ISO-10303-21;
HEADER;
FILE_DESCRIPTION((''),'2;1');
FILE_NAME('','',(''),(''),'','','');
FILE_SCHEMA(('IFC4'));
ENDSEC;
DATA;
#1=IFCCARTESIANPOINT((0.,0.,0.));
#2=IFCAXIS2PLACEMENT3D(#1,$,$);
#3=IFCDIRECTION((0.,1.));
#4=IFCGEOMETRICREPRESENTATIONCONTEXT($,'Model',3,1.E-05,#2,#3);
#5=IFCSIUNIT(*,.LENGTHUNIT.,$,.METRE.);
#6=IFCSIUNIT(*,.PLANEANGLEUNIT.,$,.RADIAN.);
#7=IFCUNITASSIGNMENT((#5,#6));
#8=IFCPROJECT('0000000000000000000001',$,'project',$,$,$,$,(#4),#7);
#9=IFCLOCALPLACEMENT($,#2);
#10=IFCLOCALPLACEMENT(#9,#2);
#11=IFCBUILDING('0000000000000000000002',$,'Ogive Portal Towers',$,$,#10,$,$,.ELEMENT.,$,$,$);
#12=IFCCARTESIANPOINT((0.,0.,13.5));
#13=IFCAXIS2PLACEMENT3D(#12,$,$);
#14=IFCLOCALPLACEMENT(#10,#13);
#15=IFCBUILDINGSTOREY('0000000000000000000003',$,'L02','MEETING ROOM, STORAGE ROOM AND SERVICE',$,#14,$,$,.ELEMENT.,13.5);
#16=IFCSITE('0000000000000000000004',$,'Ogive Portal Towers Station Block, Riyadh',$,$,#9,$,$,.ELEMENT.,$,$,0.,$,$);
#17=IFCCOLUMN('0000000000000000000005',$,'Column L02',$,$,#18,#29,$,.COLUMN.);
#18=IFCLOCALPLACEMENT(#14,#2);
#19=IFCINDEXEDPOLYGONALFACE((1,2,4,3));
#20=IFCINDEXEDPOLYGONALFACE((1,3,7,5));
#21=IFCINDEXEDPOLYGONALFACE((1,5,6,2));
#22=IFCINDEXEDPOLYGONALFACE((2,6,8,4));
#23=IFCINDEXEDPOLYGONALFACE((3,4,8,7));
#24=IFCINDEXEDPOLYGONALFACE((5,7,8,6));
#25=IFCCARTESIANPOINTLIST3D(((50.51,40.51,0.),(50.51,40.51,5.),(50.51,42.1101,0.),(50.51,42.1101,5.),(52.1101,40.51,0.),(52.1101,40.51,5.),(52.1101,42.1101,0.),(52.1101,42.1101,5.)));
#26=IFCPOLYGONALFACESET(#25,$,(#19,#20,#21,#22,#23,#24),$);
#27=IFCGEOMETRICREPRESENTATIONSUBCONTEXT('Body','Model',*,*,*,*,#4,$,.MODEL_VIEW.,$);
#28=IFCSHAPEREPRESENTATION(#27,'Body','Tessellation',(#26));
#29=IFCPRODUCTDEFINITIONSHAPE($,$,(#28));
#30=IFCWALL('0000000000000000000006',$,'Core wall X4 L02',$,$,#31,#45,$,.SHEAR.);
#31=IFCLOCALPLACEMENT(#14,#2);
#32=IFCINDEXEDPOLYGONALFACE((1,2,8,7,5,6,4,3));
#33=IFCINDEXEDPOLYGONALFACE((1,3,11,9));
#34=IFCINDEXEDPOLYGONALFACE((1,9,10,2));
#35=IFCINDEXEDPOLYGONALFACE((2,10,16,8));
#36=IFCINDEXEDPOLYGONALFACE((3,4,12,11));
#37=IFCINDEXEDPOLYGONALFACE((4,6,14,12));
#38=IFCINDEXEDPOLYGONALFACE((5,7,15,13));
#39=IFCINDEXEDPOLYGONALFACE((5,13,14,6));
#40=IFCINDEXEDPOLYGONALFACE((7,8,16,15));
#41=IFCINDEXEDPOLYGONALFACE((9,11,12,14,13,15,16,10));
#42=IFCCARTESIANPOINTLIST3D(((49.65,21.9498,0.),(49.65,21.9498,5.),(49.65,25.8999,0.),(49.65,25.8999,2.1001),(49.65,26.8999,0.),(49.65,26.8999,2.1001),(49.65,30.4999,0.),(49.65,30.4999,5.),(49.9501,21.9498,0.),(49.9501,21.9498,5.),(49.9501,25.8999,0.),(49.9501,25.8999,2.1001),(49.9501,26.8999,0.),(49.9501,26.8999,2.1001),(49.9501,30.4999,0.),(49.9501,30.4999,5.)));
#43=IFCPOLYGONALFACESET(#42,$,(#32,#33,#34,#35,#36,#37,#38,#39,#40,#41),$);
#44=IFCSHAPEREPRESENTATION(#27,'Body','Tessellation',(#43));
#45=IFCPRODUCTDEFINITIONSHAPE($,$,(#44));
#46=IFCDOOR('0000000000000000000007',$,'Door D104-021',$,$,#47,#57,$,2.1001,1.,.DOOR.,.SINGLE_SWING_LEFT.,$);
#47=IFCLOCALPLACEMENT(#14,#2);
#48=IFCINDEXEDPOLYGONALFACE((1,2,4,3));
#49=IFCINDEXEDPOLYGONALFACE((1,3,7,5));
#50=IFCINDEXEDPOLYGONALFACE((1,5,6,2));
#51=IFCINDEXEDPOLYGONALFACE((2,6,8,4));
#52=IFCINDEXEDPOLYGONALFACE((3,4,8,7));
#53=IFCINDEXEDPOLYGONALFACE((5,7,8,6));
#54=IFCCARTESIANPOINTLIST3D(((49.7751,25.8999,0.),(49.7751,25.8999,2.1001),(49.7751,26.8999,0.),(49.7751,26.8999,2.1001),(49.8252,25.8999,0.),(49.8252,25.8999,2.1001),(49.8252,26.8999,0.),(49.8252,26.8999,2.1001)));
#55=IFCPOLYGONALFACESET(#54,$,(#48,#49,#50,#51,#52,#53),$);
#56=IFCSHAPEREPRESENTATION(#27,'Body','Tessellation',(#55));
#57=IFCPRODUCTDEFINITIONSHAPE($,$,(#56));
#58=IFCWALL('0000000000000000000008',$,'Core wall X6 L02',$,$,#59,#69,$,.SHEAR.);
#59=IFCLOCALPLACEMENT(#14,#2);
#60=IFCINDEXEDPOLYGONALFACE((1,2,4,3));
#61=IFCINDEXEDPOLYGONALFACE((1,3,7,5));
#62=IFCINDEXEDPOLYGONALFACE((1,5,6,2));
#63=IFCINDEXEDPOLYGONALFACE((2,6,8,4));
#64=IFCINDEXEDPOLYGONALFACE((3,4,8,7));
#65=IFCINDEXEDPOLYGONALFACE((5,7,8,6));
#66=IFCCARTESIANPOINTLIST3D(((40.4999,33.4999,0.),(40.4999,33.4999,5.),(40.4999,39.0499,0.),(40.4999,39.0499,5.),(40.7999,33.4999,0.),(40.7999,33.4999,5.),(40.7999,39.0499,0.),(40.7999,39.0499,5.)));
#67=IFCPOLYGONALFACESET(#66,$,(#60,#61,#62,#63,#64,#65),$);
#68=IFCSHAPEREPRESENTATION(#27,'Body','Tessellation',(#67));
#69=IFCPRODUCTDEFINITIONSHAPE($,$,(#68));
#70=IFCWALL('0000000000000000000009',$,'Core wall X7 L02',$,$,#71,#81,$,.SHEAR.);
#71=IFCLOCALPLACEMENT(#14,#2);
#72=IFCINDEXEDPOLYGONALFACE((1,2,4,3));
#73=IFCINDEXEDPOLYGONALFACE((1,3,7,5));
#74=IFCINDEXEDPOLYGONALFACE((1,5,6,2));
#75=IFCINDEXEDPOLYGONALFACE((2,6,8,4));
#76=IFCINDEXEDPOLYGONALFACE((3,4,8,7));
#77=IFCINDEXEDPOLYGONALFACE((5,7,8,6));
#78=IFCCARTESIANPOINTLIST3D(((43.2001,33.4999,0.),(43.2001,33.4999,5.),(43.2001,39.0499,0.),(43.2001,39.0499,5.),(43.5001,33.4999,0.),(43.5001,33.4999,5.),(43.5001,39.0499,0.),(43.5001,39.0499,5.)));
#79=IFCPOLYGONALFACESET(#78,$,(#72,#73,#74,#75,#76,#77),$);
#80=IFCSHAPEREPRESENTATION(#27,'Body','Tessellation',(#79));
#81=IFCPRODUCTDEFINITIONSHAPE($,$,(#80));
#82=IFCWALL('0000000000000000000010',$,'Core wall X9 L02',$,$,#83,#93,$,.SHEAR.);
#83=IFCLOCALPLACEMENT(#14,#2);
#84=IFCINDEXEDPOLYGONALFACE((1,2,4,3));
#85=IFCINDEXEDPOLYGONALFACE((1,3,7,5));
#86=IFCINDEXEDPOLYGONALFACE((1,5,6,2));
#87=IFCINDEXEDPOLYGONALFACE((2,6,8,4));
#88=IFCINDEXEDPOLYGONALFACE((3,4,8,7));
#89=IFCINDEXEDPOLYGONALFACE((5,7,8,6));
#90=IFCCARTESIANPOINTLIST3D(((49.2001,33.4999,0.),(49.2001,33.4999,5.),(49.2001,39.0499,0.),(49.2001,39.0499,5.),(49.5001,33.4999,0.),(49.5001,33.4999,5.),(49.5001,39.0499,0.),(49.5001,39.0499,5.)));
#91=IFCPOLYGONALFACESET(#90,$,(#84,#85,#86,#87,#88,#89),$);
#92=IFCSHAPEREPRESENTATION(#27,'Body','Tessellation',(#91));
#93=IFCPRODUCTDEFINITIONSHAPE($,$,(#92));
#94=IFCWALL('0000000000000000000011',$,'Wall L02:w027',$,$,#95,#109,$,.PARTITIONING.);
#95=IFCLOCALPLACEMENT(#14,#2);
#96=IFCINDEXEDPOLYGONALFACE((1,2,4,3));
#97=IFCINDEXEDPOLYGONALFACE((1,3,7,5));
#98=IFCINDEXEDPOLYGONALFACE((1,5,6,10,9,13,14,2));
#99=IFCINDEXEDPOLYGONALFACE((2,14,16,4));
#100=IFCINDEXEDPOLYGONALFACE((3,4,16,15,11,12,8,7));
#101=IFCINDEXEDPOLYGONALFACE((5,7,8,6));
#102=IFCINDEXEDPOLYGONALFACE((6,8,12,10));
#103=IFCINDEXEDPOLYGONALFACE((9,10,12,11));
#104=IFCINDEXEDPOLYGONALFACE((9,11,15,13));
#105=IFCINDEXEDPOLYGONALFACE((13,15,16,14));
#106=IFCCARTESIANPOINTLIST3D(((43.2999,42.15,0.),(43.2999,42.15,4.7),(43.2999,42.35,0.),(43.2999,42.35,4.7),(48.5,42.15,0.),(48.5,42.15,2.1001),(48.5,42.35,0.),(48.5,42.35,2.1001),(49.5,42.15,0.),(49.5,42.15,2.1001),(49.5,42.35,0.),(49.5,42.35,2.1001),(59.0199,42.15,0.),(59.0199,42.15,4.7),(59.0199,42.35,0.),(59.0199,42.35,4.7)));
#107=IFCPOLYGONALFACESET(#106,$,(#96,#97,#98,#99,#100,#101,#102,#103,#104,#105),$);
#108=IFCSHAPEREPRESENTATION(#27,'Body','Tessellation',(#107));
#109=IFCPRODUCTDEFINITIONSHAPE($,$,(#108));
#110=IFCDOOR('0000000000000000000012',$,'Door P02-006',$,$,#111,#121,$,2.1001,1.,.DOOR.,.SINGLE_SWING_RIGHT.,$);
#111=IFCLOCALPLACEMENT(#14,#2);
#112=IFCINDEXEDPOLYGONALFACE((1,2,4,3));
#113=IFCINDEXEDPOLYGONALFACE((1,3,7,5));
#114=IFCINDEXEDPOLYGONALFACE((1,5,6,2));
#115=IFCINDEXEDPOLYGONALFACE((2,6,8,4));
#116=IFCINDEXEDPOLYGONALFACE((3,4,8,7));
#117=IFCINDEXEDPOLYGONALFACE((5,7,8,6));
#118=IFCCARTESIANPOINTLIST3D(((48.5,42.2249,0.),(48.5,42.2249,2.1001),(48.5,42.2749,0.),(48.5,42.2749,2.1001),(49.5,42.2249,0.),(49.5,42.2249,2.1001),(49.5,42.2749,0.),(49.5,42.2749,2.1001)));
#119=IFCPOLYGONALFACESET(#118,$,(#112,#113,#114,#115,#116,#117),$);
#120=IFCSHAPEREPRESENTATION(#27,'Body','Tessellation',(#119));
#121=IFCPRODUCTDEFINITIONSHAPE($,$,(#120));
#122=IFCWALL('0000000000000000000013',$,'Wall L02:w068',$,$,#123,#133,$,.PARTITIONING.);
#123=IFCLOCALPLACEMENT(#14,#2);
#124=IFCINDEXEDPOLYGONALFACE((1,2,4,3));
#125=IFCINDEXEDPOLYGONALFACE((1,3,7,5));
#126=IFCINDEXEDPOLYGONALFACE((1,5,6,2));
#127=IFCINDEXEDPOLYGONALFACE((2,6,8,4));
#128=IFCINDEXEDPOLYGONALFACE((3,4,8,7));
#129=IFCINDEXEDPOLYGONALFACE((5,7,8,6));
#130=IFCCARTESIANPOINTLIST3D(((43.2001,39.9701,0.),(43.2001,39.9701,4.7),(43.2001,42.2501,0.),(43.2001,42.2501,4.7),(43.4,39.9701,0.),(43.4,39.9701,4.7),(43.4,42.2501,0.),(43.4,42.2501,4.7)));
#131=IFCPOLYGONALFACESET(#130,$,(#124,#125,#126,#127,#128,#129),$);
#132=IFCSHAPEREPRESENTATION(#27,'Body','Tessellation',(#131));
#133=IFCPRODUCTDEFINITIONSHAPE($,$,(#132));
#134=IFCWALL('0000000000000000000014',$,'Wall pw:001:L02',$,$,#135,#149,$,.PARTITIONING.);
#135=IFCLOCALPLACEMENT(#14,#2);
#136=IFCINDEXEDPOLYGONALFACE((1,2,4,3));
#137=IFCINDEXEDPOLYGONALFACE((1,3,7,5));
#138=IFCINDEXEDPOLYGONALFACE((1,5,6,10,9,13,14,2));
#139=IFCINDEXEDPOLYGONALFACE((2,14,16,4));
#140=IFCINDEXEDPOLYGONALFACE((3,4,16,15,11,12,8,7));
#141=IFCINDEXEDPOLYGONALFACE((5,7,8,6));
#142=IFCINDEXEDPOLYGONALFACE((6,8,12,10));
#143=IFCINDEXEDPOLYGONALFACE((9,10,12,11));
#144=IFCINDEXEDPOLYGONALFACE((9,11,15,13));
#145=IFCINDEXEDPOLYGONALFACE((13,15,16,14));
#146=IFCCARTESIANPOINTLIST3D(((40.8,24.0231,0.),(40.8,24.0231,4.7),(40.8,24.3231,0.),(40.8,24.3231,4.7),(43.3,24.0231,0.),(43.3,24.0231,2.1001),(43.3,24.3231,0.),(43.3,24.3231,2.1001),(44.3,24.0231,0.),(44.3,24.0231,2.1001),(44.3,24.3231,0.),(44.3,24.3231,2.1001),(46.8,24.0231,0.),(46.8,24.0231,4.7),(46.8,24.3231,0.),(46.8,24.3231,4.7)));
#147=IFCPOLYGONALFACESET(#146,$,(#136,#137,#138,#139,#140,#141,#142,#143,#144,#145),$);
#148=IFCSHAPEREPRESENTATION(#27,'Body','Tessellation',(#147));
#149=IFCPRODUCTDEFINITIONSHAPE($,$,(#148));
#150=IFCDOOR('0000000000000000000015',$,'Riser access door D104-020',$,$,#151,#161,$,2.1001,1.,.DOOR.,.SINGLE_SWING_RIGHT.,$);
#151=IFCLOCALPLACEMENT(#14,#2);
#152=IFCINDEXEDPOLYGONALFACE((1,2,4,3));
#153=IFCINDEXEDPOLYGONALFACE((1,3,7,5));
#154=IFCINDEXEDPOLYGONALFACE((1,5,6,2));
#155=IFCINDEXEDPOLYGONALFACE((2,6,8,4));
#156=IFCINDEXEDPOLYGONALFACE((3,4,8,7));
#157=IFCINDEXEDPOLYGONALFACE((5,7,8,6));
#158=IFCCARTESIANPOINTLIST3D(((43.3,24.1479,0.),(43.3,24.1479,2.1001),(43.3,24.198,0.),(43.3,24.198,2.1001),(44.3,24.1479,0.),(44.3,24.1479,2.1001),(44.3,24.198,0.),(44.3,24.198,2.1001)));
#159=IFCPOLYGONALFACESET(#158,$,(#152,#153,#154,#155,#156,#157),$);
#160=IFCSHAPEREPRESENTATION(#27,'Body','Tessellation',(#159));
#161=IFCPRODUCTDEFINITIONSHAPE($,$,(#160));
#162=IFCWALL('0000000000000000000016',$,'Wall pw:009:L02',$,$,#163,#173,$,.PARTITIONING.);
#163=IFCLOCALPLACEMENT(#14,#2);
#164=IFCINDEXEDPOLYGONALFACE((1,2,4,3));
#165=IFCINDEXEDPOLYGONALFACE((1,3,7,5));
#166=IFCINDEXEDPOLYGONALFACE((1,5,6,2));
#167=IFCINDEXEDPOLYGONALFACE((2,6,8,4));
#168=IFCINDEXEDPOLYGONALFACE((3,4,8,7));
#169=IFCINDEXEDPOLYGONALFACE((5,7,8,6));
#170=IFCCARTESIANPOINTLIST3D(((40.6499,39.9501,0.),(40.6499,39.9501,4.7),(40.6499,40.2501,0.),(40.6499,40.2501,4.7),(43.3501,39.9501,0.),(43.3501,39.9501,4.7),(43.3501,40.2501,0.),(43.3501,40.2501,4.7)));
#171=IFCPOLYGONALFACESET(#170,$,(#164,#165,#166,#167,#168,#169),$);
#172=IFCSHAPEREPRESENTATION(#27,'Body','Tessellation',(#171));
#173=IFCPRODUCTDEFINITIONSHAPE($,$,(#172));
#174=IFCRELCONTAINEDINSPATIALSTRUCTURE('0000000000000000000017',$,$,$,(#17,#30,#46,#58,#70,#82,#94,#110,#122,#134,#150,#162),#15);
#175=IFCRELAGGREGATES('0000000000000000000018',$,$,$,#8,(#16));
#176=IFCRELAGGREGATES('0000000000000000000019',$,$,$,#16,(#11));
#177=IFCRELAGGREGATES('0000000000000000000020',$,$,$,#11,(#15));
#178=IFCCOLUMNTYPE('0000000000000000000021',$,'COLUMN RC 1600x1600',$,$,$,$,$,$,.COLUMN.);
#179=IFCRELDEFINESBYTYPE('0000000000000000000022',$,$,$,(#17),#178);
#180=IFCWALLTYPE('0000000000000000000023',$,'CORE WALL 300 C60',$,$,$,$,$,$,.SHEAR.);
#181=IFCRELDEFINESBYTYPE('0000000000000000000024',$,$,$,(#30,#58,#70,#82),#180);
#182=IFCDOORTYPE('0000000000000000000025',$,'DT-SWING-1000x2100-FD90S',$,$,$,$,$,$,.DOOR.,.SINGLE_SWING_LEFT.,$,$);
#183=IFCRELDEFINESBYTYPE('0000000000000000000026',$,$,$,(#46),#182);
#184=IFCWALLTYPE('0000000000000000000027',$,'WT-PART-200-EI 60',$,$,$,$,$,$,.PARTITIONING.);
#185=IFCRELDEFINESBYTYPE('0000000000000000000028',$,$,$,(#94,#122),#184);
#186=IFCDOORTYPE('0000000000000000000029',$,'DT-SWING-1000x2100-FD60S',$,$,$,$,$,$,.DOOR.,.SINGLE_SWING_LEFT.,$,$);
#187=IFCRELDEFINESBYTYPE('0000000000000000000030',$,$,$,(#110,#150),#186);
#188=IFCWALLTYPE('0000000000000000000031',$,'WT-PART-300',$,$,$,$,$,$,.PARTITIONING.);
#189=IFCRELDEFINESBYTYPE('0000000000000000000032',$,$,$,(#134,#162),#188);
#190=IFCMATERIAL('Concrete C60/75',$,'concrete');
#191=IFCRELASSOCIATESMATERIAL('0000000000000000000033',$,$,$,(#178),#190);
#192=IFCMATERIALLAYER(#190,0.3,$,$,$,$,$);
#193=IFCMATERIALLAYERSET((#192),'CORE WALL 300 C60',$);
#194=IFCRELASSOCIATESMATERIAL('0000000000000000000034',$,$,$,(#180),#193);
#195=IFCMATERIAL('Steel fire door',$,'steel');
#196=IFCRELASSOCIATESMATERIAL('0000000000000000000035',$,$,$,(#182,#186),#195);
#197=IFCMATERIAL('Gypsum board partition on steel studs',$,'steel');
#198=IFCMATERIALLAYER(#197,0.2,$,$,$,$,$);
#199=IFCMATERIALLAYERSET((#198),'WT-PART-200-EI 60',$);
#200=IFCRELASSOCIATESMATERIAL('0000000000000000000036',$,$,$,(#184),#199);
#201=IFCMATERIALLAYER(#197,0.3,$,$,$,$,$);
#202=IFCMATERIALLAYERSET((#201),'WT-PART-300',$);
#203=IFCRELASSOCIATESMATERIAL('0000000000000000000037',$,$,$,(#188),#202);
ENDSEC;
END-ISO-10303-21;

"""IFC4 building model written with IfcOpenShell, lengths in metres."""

from ifc_helpers import new_model, si_unit, direction, frame, frame_2d, origin, origin_2d, place, context, subcontext, project, spatial, rectangle, extrude, material, layer, layer_set, material_profile, profile_set, type_object, element, fill, save


model = new_model("IFC4")

# Units and contexts
model_context = context("Model", 3, precision=1e-05, world=origin(), true_north=direction((0.0, 1.0)))
body_context = subcontext(model_context, "Body", "Model", "MODEL_VIEW")
ifc_project = project(units=[si_unit("LENGTHUNIT", "METRE"), si_unit("PLANEANGLEUNIT", "RADIAN")], contexts=[model_context])

# Site, building, storey
site_placement = place(None, origin())
site = spatial("IfcSite", under=ifc_project, at=site_placement, Name="Ogive Portal Towers Station Block, Riyadh", CompositionType="ELEMENT", RefElevation=0.0)
building_placement = place(site_placement, origin())
building = spatial("IfcBuilding", under=site, at=building_placement, Name="Ogive Portal Towers", CompositionType="ELEMENT")
storey_placement = place(building_placement, frame((0.0, 0.0, 13.5)))
storey = spatial("IfcBuildingStorey", under=building, at=storey_placement, Name="L02", Description="MEETING ROOM, STORAGE ROOM AND SERVICE", CompositionType="ELEMENT", Elevation=13.5)

# Column
ifc_material_1 = material(Name="Concrete C60/75", Category="concrete")
ifc_material_profile = material_profile(ifc_material_1, rectangle(XDim=1.6001, YDim=1.6001, at=origin_2d()), Name="RC 1600x1600")
ifc_profile_set = profile_set([ifc_material_profile], Name="Concrete C60/75")
column_type = type_object("IfcColumnType", Name="COLUMN RC 1600x1600", PredefinedType="COLUMN", material=ifc_profile_set)
column_placement = place(storey_placement, frame((51.3101, 41.3101, 0.0), z_axis=(0.0, 0.0, 1.0), x_axis=(1.0, 0.0, 0.0)))
element("IfcColumn", 1, at=column_placement, inside=storey, type_object=column_type, Name="Column L02", PredefinedType="COLUMN", context=body_context, shape_type="SweptSolid", body=[
    extrude(rectangle(XDim=1.6001, YDim=1.6001, at=origin_2d()), origin(), (0.0, 0.0, 1.0), 5.0),
])

# Wall, opening, door
ifc_layer_1 = layer(ifc_material_1, 0.3)
ifc_layer_set_1 = layer_set([ifc_layer_1], Name="CORE WALL 300 C60")
wall_type_1 = type_object("IfcWallType", Name="CORE WALL 300 C60", PredefinedType="SHEAR", material=ifc_layer_set_1)
wall_1_placement = place(storey_placement, frame((49.8, 21.95, 0.0), z_axis=(0.0, 0.0, 1.0), x_axis=(0.0, 1.0, 0.0)))
wall_1 = element("IfcWall", 2, at=wall_1_placement, inside=storey, type_object=wall_type_1, Name="Core wall X4 L02", PredefinedType="SHEAR", context=body_context, shape_type="SweptSolid", body=[
    extrude(rectangle(XDim=8.55, YDim=0.3, at=frame_2d((4.2749, 0.0))), origin(), (0.0, 0.0, 1.0), 5.0),
])
opening_1_placement = place(wall_1_placement, frame((3.95, 0.0, 0.0)))
opening_1 = element("IfcOpeningElement", 3, at=opening_1_placement, cuts=wall_1, PredefinedType="OPENING", context=body_context, shape_type="SweptSolid", body=[
    extrude(rectangle(XDim=1.0, YDim=2.1001, at=frame_2d((0.5, 1.05))), frame((0.0, 0.1602, 0.0), z_axis=(0.0, -1.0, 0.0), x_axis=(1.0, 0.0, 0.0)), (0.0, 0.0, 1.0), 0.3201),
])
ifc_material_2 = material(Name="Steel fire door", Category="steel")
door_type_1 = type_object("IfcDoorType", Name="DT-SWING-1000x2100-FD90S", OperationType="SINGLE_SWING_LEFT", PredefinedType="DOOR", material=ifc_material_2)
door_1_placement = place(opening_1_placement, origin())
door_1 = element("IfcDoor", 4, at=door_1_placement, inside=storey, type_object=door_type_1, Name="Door D104-021", OperationType="SINGLE_SWING_LEFT", OverallHeight=2.1001, OverallWidth=1.0, PredefinedType="DOOR", context=body_context, shape_type="SweptSolid", body=[
    extrude(rectangle(XDim=1.0, YDim=2.1001, at=frame_2d((0.5, 1.05))), frame((0.0, 0.0249, 0.0), z_axis=(0.0, -1.0, 0.0), x_axis=(1.0, 0.0, 0.0)), (0.0, 0.0, 1.0), 0.05),
])
fill(opening_1, door_1)

# Walls
for number, where, z_axis, x_axis, name in (
    (5, (40.6499, 33.5, 0.0), (0.0, 0.0, 1.0), (0.0, 1.0, 0.0), "Core wall X6 L02"),
    (6, (43.3501, 33.5, 0.0), (0.0, 0.0, 1.0), (0.0, 1.0, 0.0), "Core wall X7 L02"),
    (7, (49.3501, 33.5, 0.0), (0.0, 0.0, 1.0), (0.0, 1.0, 0.0), "Core wall X9 L02"),
):
    element("IfcWall", number, at=place(storey_placement, frame(where, z_axis=z_axis, x_axis=x_axis)), inside=storey, type_object=wall_type_1, Name=name, PredefinedType="SHEAR", context=body_context, shape_type="SweptSolid", body=[
        extrude(rectangle(XDim=5.55, YDim=0.3, at=frame_2d((2.7749, 0.0))), origin(), (0.0, 0.0, 1.0), 5.0),
    ])

# Wall, opening, door
ifc_material_3 = material(Name="Gypsum board partition on steel studs", Category="steel")
ifc_layer_2 = layer(ifc_material_3, 0.2)
ifc_layer_set_2 = layer_set([ifc_layer_2], Name="WT-PART-200-EI 60")
wall_type_2 = type_object("IfcWallType", Name="WT-PART-200-EI 60", PredefinedType="PARTITIONING", material=ifc_layer_set_2)
wall_2_placement = place(storey_placement, frame((43.3, 42.25, 0.0), z_axis=(0.0, 0.0, 1.0), x_axis=(1.0, 0.0, 0.0)))
wall_2 = element("IfcWall", 8, at=wall_2_placement, inside=storey, type_object=wall_type_2, Name="Wall L02:w027", PredefinedType="PARTITIONING", context=body_context, shape_type="SweptSolid", body=[
    extrude(rectangle(XDim=15.72, YDim=0.2, at=frame_2d((7.8599, 0.0))), origin(), (0.0, 0.0, 1.0), 4.7),
])
opening_2_placement = place(wall_2_placement, frame((5.2, 0.0, 0.0)))
opening_2 = element("IfcOpeningElement", 9, at=opening_2_placement, cuts=wall_2, PredefinedType="OPENING", context=body_context, shape_type="SweptSolid", body=[
    extrude(rectangle(XDim=1.0, YDim=2.1001, at=frame_2d((0.5, 1.05))), frame((0.0, 0.1099, 0.0), z_axis=(0.0, -1.0, 0.0), x_axis=(1.0, 0.0, 0.0)), (0.0, 0.0, 1.0), 0.22),
])
door_type_2 = type_object("IfcDoorType", Name="DT-SWING-1000x2100-FD60S", OperationType="SINGLE_SWING_LEFT", PredefinedType="DOOR", material=ifc_material_2)
door_2_placement = place(opening_2_placement, origin())
door_2 = element("IfcDoor", 10, at=door_2_placement, inside=storey, type_object=door_type_2, Name="Door P02-006", OperationType="SINGLE_SWING_RIGHT", OverallHeight=2.1001, OverallWidth=1.0, PredefinedType="DOOR", context=body_context, shape_type="SweptSolid", body=[
    extrude(rectangle(XDim=1.0, YDim=2.1001, at=frame_2d((0.5, 1.05))), frame((0.0, 0.0249, 0.0), z_axis=(0.0, -1.0, 0.0), x_axis=(1.0, 0.0, 0.0)), (0.0, 0.0, 1.0), 0.05),
])
fill(opening_2, door_2)

# Wall
wall_3_placement = place(storey_placement, frame((43.3, 39.97, 0.0), z_axis=(0.0, 0.0, 1.0), x_axis=(0.0, 1.0, 0.0)))
element("IfcWall", 11, at=wall_3_placement, inside=storey, type_object=wall_type_2, Name="Wall L02:w068", PredefinedType="PARTITIONING", context=body_context, shape_type="SweptSolid", body=[
    extrude(rectangle(XDim=2.28, YDim=0.2, at=frame_2d((1.1401, 0.0))), origin(), (0.0, 0.0, 1.0), 4.7),
])

# Wall, opening, door
ifc_layer_3 = layer(ifc_material_3, 0.3)
ifc_layer_set_3 = layer_set([ifc_layer_3], Name="WT-PART-300")
wall_type_3 = type_object("IfcWallType", Name="WT-PART-300", PredefinedType="PARTITIONING", material=ifc_layer_set_3)
wall_4_placement = place(storey_placement, frame((40.8, 24.1731, 0.0), z_axis=(0.0, 0.0, 1.0), x_axis=(1.0, 0.0, 0.0)))
wall_4 = element("IfcWall", 12, at=wall_4_placement, inside=storey, type_object=wall_type_3, Name="Wall pw:001:L02", PredefinedType="PARTITIONING", context=body_context, shape_type="SweptSolid", body=[
    extrude(rectangle(XDim=6.0, YDim=0.3, at=frame_2d((3.0, 0.0))), origin(), (0.0, 0.0, 1.0), 4.7),
])
opening_3_placement = place(wall_4_placement, frame((2.5, 0.0, 0.0)))
opening_3 = element("IfcOpeningElement", 13, at=opening_3_placement, cuts=wall_4, PredefinedType="OPENING", context=body_context, shape_type="SweptSolid", body=[
    extrude(rectangle(XDim=1.0, YDim=2.1001, at=frame_2d((0.5, 1.05))), frame((0.0, 0.1602, 0.0), z_axis=(0.0, -1.0, 0.0), x_axis=(1.0, 0.0, 0.0)), (0.0, 0.0, 1.0), 0.3201),
])
door_3_placement = place(opening_3_placement, origin())
door_3 = element("IfcDoor", 14, at=door_3_placement, inside=storey, type_object=door_type_2, Name="Riser access door D104-020", OperationType="SINGLE_SWING_RIGHT", OverallHeight=2.1001, OverallWidth=1.0, PredefinedType="DOOR", context=body_context, shape_type="SweptSolid", body=[
    extrude(rectangle(XDim=1.0, YDim=2.1001, at=frame_2d((0.5, 1.05))), frame((0.0, 0.0249, 0.0), z_axis=(0.0, -1.0, 0.0), x_axis=(1.0, 0.0, 0.0)), (0.0, 0.0, 1.0), 0.05),
])
fill(opening_3, door_3)

# Wall
wall_5_placement = place(storey_placement, frame((40.6499, 40.1001, 0.0), z_axis=(0.0, 0.0, 1.0), x_axis=(1.0, 0.0, 0.0)))
element("IfcWall", 15, at=wall_5_placement, inside=storey, type_object=wall_type_3, Name="Wall pw:009:L02", PredefinedType="PARTITIONING", context=body_context, shape_type="SweptSolid", body=[
    extrude(rectangle(XDim=2.7002, YDim=0.3, at=frame_2d((1.3501, 0.0))), origin(), (0.0, 0.0, 1.0), 4.7),
])

save(model, "model.ifc")
